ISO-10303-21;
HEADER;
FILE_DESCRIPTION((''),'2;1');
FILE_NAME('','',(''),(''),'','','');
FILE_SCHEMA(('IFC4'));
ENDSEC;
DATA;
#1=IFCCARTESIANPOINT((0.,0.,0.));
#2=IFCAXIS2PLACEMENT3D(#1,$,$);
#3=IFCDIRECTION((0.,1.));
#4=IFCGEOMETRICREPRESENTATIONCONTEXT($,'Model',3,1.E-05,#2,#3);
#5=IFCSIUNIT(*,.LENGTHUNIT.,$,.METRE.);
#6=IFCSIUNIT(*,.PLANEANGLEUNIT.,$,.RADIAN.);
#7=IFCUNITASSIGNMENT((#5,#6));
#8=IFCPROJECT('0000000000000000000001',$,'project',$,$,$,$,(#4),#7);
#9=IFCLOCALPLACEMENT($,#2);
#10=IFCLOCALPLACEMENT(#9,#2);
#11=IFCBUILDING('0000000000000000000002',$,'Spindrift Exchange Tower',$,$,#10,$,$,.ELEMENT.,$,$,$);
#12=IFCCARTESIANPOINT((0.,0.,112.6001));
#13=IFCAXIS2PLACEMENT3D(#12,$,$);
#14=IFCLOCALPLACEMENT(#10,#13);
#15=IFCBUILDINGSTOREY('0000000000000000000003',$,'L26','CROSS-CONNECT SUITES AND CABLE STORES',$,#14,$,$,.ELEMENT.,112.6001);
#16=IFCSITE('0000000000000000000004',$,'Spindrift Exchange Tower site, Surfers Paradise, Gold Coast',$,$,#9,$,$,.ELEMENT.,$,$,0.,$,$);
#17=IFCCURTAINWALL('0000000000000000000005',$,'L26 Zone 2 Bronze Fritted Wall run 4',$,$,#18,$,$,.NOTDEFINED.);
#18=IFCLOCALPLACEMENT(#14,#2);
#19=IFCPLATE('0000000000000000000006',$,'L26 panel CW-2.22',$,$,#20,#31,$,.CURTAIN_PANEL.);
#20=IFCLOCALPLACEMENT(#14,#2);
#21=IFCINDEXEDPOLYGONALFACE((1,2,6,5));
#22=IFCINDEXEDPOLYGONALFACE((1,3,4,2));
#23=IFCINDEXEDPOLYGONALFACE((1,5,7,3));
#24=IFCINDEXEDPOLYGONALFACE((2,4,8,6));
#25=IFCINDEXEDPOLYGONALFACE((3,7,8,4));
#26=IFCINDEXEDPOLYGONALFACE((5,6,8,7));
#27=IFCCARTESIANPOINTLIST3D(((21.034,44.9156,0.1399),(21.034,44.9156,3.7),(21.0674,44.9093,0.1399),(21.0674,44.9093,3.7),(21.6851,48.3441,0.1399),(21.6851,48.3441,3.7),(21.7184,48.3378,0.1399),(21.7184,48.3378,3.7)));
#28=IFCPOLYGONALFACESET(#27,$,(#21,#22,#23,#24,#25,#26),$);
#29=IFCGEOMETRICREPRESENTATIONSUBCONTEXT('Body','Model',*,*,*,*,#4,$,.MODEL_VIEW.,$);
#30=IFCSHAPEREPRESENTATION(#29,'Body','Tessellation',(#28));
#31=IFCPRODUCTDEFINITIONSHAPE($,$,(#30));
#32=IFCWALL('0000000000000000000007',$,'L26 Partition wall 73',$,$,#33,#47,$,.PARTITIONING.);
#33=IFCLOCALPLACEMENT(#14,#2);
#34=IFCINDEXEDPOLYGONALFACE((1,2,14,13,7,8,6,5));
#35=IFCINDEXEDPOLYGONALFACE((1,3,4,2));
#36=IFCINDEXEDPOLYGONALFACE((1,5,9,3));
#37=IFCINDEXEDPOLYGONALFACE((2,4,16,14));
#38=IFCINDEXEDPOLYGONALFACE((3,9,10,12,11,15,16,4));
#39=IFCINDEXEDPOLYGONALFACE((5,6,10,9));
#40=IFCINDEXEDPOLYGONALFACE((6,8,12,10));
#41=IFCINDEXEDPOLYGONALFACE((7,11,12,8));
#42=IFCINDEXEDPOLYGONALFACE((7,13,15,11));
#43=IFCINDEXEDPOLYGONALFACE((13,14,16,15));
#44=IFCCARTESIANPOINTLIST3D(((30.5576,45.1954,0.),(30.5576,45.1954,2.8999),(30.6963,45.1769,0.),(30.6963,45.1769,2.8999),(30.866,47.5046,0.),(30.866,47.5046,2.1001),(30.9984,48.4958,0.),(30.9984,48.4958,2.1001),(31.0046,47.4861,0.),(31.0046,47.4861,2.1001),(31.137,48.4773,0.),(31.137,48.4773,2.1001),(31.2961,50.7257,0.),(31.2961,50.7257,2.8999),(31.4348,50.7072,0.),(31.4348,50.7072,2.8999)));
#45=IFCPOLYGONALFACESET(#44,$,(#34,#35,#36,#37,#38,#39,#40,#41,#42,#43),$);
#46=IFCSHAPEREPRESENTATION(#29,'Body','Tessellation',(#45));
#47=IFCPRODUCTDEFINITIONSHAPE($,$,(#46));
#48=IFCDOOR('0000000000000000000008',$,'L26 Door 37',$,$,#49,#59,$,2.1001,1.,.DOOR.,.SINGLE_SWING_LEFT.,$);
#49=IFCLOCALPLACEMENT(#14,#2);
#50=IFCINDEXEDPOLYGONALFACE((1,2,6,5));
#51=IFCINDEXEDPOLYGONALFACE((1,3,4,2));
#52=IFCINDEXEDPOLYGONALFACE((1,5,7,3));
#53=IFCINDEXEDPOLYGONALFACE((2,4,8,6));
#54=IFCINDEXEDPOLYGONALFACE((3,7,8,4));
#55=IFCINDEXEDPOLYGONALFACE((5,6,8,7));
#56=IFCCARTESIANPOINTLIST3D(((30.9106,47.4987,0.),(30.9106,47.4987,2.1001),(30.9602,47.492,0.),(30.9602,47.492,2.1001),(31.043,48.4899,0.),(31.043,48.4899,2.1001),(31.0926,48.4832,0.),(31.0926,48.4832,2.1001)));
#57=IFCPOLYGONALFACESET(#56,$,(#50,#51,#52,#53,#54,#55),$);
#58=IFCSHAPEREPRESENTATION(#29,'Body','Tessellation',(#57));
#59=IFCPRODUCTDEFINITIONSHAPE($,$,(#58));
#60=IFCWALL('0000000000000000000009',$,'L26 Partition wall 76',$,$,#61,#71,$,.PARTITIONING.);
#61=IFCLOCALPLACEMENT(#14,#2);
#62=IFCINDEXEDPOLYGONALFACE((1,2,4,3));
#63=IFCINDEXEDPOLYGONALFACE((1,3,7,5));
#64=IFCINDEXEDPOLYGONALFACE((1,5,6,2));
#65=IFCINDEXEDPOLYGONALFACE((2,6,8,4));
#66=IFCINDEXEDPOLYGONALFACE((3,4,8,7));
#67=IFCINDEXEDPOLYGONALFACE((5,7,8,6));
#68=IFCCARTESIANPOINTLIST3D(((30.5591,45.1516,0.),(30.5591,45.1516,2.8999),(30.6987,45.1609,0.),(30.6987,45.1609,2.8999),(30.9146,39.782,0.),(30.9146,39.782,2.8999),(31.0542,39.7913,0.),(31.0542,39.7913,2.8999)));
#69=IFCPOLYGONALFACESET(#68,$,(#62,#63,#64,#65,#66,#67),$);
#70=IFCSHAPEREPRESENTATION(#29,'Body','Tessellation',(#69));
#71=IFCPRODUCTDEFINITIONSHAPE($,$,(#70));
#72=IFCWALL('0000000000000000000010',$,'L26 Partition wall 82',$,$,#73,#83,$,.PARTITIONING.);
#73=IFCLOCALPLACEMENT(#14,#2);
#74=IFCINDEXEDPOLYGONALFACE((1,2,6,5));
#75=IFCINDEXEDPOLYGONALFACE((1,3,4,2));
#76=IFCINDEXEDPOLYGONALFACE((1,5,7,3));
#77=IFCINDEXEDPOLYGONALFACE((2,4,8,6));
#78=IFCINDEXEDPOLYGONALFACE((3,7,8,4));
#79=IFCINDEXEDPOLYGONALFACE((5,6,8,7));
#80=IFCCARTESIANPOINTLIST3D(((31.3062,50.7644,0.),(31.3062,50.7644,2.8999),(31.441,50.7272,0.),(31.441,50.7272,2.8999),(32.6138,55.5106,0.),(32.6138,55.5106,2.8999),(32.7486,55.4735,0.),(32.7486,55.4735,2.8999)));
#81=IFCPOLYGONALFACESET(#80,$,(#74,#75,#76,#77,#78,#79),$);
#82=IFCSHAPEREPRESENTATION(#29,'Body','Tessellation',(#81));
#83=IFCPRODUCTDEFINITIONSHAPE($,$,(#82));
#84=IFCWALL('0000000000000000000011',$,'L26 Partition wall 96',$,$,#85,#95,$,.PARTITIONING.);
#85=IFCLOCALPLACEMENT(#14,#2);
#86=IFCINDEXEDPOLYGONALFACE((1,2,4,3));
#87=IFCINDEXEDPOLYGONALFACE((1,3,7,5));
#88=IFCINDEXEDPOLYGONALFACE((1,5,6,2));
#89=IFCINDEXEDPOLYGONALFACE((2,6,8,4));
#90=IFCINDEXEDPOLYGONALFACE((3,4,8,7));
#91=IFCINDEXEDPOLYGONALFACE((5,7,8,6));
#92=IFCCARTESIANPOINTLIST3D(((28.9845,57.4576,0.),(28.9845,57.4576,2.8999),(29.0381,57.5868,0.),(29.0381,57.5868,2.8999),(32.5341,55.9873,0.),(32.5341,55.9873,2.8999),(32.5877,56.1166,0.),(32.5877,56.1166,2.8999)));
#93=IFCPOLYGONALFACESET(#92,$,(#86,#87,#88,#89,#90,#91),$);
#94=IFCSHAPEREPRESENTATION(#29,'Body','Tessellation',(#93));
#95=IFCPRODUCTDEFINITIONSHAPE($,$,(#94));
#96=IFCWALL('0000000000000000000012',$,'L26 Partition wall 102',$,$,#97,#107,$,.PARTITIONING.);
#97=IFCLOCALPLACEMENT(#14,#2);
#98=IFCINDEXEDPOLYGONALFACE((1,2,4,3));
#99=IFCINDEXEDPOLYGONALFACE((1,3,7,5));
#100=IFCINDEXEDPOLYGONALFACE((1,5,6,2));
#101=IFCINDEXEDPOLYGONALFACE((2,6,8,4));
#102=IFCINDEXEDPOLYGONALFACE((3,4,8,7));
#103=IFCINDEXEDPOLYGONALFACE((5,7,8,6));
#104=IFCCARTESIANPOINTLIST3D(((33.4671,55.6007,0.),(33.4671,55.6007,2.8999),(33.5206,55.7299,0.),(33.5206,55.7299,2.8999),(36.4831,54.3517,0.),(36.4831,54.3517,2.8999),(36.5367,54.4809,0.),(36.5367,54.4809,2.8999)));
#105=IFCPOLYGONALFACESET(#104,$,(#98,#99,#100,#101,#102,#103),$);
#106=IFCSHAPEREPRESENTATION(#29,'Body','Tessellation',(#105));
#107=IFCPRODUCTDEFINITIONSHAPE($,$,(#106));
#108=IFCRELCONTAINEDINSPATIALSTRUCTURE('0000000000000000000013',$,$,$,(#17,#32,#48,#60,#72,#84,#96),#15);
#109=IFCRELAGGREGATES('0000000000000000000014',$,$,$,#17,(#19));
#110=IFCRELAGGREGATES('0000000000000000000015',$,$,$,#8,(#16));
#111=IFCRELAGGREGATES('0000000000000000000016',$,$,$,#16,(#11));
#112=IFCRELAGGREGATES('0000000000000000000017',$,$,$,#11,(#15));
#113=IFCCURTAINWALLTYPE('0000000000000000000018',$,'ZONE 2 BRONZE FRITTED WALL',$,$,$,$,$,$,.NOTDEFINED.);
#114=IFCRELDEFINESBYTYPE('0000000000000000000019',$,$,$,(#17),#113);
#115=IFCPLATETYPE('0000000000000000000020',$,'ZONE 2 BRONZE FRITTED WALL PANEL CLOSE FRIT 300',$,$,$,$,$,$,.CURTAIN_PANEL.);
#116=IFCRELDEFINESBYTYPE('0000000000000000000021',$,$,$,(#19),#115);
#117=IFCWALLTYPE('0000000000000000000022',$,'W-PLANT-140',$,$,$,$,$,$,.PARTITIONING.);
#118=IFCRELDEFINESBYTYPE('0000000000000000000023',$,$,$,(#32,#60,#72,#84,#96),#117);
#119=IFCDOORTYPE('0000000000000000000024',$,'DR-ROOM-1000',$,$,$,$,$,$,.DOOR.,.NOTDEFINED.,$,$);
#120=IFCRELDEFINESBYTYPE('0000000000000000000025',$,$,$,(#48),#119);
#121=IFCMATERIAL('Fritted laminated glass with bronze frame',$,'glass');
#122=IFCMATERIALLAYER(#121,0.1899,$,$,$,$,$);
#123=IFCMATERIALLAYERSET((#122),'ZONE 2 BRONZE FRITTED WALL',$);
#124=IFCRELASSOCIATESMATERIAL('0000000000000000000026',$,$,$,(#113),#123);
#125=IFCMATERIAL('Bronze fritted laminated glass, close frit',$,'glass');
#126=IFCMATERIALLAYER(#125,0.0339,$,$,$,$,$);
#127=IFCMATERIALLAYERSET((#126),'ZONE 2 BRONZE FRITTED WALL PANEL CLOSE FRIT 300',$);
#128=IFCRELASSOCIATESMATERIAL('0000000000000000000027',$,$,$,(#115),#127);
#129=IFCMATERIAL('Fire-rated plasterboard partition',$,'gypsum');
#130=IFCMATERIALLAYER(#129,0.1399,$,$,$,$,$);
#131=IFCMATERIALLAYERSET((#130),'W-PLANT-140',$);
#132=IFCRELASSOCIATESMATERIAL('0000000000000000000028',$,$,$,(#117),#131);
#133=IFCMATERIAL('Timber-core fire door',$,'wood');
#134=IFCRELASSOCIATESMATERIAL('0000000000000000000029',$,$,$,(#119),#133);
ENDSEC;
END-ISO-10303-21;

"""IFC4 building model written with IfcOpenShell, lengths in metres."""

from ifc_helpers import new_model, si_unit, direction, frame, frame_2d, origin, origin_2d, place, context, subcontext, project, spatial, rectangle, extrude, source, transform, mapped, material, layer, layer_set, type_object, element, fill, aggregate, save


model = new_model("IFC4")

# Units and contexts
model_context = context("Model", 3, precision=1e-05, world=origin(), true_north=direction((0.0, 1.0)))
body_context = subcontext(model_context, "Body", "Model", "MODEL_VIEW")
ifc_project = project(units=[si_unit("LENGTHUNIT", "METRE"), si_unit("PLANEANGLEUNIT", "RADIAN")], contexts=[model_context])

# Site, building, storey
site_placement = place(None, origin())
site = spatial("IfcSite", under=ifc_project, at=site_placement, Name="Spindrift Exchange Tower site, Surfers Paradise, Gold Coast", CompositionType="ELEMENT", RefElevation=0.0)
building_placement = place(site_placement, origin())
building = spatial("IfcBuilding", under=site, at=building_placement, Name="Spindrift Exchange Tower", CompositionType="ELEMENT")
storey_placement = place(building_placement, frame((0.0, 0.0, 112.6001)))
storey = spatial("IfcBuildingStorey", under=building, at=storey_placement, Name="L26", Description="CROSS-CONNECT SUITES AND CABLE STORES", CompositionType="ELEMENT", Elevation=112.6001)

# Curtain wall, plate
ifc_material_1 = material(Name="Fritted laminated glass with bronze frame", Category="glass")
ifc_layer_1 = layer(ifc_material_1, 0.1899)
ifc_layer_set_1 = layer_set([ifc_layer_1], Name="ZONE 2 BRONZE FRITTED WALL")
curtain_wall_type = type_object("IfcCurtainWallType", Name="ZONE 2 BRONZE FRITTED WALL", PredefinedType="NOTDEFINED", material=ifc_layer_set_1)
curtain_wall_placement = place(storey_placement, origin())
curtain_wall = element("IfcCurtainWall", 1, at=curtain_wall_placement, inside=storey, type_object=curtain_wall_type, Name="L26 Zone 2 Bronze Fritted Wall run 4", PredefinedType="NOTDEFINED")
ifc_material_2 = material(Name="Bronze fritted laminated glass, close frit", Category="glass")
ifc_layer_2 = layer(ifc_material_2, 0.0339)
ifc_layer_set_2 = layer_set([ifc_layer_2], Name="ZONE 2 BRONZE FRITTED WALL PANEL CLOSE FRIT 300")
plate_type_1 = type_object("IfcPlateType", Name="ZONE 2 BRONZE FRITTED WALL PANEL CLOSE FRIT 300", PredefinedType="CURTAIN_PANEL", material=ifc_layer_set_2)
shared_shape_1 = source(origin(), body_context, "Body", "SweptSolid", [
    extrude(rectangle(XDim=3.4897, YDim=0.0339, at=origin_2d()), origin(), (0.0, 0.0, 1.0), 3.5601),
])
plate_1_placement = place(storey_placement, frame((21.3762, 46.6267, 0.1399), z_axis=(0.0, 0.0, 1.0), x_axis=(-0.186548, -0.982446, 0.0)))
plate_1 = element("IfcPlate", 2, at=plate_1_placement, type_object=plate_type_1, Name="L26 panel CW-2.22", PredefinedType="CURTAIN_PANEL", context=body_context, shape_type="MappedRepresentation", body=[
    mapped(shared_shape_1, transform((0.0, 0.0, 0.0), scale=1.0)),
])
aggregate(curtain_wall, [plate_1])

# Wall, opening, door
ifc_material_3 = material(Name="Fire-rated plasterboard partition", Category="gypsum")
ifc_layer_3 = layer(ifc_material_3, 0.1399)
ifc_layer_set_3 = layer_set([ifc_layer_3], Name="W-PLANT-140")
wall_type = type_object("IfcWallType", Name="W-PLANT-140", PredefinedType="PARTITIONING", material=ifc_layer_set_3)
wall_1_placement = place(storey_placement, frame((30.627, 45.1863, 0.0), z_axis=(0.0, 0.0, 1.0), x_axis=(0.132367, 0.991201, 0.0)))
wall_1 = element("IfcWall", 3, at=wall_1_placement, inside=storey, type_object=wall_type, Name="L26 Partition wall 73", PredefinedType="PARTITIONING", context=body_context, shape_type="SweptSolid", body=[
    extrude(rectangle(XDim=5.5793, YDim=0.1399, at=frame_2d((2.7896, 0.0))), origin(), (0.0, 0.0, 1.0), 2.8999),
])
opening_placement = place(wall_1_placement, frame((2.3296, 0.0, 0.0)))
opening = element("IfcOpeningElement", 4, at=opening_placement, cuts=wall_1, PredefinedType="OPENING", context=body_context, shape_type="SweptSolid", body=[
    extrude(rectangle(XDim=1.0, YDim=2.1001, at=frame_2d((0.5, 1.05))), frame((0.0, 0.0798, 0.0), z_axis=(0.0, -1.0, 0.0), x_axis=(1.0, 0.0, 0.0)), (0.0, 0.0, 1.0), 0.1599),
])
ifc_material_4 = material(Name="Timber-core fire door", Category="wood")
door_type = type_object("IfcDoorType", Name="DR-ROOM-1000", OperationType="NOTDEFINED", PredefinedType="DOOR", material=ifc_material_4)
shared_shape_2 = source(origin(), body_context, "Body", "SweptSolid", [
    extrude(rectangle(XDim=1.0, YDim=2.1001, at=frame_2d((0.5, 1.05))), frame((0.0, 0.0249, 0.0), z_axis=(0.0, -1.0, 0.0), x_axis=(1.0, 0.0, 0.0)), (0.0, 0.0, 1.0), 0.05),
])
door_placement = place(opening_placement, origin())
door = element("IfcDoor", 5, at=door_placement, inside=storey, type_object=door_type, Name="L26 Door 37", OperationType="SINGLE_SWING_LEFT", OverallHeight=2.1001, OverallWidth=1.0, PredefinedType="DOOR", context=body_context, shape_type="MappedRepresentation", body=[
    mapped(shared_shape_2, transform((0.0, 0.0, 0.0), scale=1.0)),
])
fill(opening, door)

# Walls
wall_2_placement = place(storey_placement, frame((30.6289, 45.1562, 0.0), z_axis=(0.0, 0.0, 1.0), x_axis=(0.066055, -0.997816, 0.0)))
element("IfcWall", 6, at=wall_2_placement, inside=storey, type_object=wall_type, Name="L26 Partition wall 76", PredefinedType="PARTITIONING", context=body_context, shape_type="SweptSolid", body=[
    extrude(rectangle(XDim=5.3813, YDim=0.1399, at=frame_2d((2.6907, 0.0))), origin(), (0.0, 0.0, 1.0), 2.8999),
])
wall_3_placement = place(storey_placement, frame((32.6812, 55.4919, 0.0), z_axis=(0.0, 0.0, 1.0), x_axis=(-0.265605, -0.964082, 0.0)))
element("IfcWall", 7, at=wall_3_placement, inside=storey, type_object=wall_type, Name="L26 Partition wall 82", PredefinedType="PARTITIONING", context=body_context, shape_type="SweptSolid", body=[
    extrude(rectangle(XDim=4.9231, YDim=0.1399, at=frame_2d((2.4614, 0.0))), origin(), (0.0, 0.0, 1.0), 2.8999),
])
wall_4_placement = place(storey_placement, frame((32.5608, 56.052, 0.0), z_axis=(0.0, 0.0, 1.0), x_axis=(-0.923885, 0.38267, 0.0)))
element("IfcWall", 8, at=wall_4_placement, inside=storey, type_object=wall_type, Name="L26 Partition wall 96", PredefinedType="PARTITIONING", context=body_context, shape_type="SweptSolid", body=[
    extrude(rectangle(XDim=3.842, YDim=0.1399, at=frame_2d((1.9209, 0.0))), origin(), (0.0, 0.0, 1.0), 2.8999),
])
wall_5_placement = place(storey_placement, frame((36.51, 54.4163, 0.0), z_axis=(0.0, 0.0, 1.0), x_axis=(-0.923911, 0.382607, 0.0)))
element("IfcWall", 9, at=wall_5_placement, inside=storey, type_object=wall_type, Name="L26 Partition wall 102", PredefinedType="PARTITIONING", context=body_context, shape_type="SweptSolid", body=[
    extrude(rectangle(XDim=3.2644, YDim=0.1399, at=frame_2d((1.6323, 0.0))), origin(), (0.0, 0.0, 1.0), 2.8999),
])

save(model, "model.ifc")
